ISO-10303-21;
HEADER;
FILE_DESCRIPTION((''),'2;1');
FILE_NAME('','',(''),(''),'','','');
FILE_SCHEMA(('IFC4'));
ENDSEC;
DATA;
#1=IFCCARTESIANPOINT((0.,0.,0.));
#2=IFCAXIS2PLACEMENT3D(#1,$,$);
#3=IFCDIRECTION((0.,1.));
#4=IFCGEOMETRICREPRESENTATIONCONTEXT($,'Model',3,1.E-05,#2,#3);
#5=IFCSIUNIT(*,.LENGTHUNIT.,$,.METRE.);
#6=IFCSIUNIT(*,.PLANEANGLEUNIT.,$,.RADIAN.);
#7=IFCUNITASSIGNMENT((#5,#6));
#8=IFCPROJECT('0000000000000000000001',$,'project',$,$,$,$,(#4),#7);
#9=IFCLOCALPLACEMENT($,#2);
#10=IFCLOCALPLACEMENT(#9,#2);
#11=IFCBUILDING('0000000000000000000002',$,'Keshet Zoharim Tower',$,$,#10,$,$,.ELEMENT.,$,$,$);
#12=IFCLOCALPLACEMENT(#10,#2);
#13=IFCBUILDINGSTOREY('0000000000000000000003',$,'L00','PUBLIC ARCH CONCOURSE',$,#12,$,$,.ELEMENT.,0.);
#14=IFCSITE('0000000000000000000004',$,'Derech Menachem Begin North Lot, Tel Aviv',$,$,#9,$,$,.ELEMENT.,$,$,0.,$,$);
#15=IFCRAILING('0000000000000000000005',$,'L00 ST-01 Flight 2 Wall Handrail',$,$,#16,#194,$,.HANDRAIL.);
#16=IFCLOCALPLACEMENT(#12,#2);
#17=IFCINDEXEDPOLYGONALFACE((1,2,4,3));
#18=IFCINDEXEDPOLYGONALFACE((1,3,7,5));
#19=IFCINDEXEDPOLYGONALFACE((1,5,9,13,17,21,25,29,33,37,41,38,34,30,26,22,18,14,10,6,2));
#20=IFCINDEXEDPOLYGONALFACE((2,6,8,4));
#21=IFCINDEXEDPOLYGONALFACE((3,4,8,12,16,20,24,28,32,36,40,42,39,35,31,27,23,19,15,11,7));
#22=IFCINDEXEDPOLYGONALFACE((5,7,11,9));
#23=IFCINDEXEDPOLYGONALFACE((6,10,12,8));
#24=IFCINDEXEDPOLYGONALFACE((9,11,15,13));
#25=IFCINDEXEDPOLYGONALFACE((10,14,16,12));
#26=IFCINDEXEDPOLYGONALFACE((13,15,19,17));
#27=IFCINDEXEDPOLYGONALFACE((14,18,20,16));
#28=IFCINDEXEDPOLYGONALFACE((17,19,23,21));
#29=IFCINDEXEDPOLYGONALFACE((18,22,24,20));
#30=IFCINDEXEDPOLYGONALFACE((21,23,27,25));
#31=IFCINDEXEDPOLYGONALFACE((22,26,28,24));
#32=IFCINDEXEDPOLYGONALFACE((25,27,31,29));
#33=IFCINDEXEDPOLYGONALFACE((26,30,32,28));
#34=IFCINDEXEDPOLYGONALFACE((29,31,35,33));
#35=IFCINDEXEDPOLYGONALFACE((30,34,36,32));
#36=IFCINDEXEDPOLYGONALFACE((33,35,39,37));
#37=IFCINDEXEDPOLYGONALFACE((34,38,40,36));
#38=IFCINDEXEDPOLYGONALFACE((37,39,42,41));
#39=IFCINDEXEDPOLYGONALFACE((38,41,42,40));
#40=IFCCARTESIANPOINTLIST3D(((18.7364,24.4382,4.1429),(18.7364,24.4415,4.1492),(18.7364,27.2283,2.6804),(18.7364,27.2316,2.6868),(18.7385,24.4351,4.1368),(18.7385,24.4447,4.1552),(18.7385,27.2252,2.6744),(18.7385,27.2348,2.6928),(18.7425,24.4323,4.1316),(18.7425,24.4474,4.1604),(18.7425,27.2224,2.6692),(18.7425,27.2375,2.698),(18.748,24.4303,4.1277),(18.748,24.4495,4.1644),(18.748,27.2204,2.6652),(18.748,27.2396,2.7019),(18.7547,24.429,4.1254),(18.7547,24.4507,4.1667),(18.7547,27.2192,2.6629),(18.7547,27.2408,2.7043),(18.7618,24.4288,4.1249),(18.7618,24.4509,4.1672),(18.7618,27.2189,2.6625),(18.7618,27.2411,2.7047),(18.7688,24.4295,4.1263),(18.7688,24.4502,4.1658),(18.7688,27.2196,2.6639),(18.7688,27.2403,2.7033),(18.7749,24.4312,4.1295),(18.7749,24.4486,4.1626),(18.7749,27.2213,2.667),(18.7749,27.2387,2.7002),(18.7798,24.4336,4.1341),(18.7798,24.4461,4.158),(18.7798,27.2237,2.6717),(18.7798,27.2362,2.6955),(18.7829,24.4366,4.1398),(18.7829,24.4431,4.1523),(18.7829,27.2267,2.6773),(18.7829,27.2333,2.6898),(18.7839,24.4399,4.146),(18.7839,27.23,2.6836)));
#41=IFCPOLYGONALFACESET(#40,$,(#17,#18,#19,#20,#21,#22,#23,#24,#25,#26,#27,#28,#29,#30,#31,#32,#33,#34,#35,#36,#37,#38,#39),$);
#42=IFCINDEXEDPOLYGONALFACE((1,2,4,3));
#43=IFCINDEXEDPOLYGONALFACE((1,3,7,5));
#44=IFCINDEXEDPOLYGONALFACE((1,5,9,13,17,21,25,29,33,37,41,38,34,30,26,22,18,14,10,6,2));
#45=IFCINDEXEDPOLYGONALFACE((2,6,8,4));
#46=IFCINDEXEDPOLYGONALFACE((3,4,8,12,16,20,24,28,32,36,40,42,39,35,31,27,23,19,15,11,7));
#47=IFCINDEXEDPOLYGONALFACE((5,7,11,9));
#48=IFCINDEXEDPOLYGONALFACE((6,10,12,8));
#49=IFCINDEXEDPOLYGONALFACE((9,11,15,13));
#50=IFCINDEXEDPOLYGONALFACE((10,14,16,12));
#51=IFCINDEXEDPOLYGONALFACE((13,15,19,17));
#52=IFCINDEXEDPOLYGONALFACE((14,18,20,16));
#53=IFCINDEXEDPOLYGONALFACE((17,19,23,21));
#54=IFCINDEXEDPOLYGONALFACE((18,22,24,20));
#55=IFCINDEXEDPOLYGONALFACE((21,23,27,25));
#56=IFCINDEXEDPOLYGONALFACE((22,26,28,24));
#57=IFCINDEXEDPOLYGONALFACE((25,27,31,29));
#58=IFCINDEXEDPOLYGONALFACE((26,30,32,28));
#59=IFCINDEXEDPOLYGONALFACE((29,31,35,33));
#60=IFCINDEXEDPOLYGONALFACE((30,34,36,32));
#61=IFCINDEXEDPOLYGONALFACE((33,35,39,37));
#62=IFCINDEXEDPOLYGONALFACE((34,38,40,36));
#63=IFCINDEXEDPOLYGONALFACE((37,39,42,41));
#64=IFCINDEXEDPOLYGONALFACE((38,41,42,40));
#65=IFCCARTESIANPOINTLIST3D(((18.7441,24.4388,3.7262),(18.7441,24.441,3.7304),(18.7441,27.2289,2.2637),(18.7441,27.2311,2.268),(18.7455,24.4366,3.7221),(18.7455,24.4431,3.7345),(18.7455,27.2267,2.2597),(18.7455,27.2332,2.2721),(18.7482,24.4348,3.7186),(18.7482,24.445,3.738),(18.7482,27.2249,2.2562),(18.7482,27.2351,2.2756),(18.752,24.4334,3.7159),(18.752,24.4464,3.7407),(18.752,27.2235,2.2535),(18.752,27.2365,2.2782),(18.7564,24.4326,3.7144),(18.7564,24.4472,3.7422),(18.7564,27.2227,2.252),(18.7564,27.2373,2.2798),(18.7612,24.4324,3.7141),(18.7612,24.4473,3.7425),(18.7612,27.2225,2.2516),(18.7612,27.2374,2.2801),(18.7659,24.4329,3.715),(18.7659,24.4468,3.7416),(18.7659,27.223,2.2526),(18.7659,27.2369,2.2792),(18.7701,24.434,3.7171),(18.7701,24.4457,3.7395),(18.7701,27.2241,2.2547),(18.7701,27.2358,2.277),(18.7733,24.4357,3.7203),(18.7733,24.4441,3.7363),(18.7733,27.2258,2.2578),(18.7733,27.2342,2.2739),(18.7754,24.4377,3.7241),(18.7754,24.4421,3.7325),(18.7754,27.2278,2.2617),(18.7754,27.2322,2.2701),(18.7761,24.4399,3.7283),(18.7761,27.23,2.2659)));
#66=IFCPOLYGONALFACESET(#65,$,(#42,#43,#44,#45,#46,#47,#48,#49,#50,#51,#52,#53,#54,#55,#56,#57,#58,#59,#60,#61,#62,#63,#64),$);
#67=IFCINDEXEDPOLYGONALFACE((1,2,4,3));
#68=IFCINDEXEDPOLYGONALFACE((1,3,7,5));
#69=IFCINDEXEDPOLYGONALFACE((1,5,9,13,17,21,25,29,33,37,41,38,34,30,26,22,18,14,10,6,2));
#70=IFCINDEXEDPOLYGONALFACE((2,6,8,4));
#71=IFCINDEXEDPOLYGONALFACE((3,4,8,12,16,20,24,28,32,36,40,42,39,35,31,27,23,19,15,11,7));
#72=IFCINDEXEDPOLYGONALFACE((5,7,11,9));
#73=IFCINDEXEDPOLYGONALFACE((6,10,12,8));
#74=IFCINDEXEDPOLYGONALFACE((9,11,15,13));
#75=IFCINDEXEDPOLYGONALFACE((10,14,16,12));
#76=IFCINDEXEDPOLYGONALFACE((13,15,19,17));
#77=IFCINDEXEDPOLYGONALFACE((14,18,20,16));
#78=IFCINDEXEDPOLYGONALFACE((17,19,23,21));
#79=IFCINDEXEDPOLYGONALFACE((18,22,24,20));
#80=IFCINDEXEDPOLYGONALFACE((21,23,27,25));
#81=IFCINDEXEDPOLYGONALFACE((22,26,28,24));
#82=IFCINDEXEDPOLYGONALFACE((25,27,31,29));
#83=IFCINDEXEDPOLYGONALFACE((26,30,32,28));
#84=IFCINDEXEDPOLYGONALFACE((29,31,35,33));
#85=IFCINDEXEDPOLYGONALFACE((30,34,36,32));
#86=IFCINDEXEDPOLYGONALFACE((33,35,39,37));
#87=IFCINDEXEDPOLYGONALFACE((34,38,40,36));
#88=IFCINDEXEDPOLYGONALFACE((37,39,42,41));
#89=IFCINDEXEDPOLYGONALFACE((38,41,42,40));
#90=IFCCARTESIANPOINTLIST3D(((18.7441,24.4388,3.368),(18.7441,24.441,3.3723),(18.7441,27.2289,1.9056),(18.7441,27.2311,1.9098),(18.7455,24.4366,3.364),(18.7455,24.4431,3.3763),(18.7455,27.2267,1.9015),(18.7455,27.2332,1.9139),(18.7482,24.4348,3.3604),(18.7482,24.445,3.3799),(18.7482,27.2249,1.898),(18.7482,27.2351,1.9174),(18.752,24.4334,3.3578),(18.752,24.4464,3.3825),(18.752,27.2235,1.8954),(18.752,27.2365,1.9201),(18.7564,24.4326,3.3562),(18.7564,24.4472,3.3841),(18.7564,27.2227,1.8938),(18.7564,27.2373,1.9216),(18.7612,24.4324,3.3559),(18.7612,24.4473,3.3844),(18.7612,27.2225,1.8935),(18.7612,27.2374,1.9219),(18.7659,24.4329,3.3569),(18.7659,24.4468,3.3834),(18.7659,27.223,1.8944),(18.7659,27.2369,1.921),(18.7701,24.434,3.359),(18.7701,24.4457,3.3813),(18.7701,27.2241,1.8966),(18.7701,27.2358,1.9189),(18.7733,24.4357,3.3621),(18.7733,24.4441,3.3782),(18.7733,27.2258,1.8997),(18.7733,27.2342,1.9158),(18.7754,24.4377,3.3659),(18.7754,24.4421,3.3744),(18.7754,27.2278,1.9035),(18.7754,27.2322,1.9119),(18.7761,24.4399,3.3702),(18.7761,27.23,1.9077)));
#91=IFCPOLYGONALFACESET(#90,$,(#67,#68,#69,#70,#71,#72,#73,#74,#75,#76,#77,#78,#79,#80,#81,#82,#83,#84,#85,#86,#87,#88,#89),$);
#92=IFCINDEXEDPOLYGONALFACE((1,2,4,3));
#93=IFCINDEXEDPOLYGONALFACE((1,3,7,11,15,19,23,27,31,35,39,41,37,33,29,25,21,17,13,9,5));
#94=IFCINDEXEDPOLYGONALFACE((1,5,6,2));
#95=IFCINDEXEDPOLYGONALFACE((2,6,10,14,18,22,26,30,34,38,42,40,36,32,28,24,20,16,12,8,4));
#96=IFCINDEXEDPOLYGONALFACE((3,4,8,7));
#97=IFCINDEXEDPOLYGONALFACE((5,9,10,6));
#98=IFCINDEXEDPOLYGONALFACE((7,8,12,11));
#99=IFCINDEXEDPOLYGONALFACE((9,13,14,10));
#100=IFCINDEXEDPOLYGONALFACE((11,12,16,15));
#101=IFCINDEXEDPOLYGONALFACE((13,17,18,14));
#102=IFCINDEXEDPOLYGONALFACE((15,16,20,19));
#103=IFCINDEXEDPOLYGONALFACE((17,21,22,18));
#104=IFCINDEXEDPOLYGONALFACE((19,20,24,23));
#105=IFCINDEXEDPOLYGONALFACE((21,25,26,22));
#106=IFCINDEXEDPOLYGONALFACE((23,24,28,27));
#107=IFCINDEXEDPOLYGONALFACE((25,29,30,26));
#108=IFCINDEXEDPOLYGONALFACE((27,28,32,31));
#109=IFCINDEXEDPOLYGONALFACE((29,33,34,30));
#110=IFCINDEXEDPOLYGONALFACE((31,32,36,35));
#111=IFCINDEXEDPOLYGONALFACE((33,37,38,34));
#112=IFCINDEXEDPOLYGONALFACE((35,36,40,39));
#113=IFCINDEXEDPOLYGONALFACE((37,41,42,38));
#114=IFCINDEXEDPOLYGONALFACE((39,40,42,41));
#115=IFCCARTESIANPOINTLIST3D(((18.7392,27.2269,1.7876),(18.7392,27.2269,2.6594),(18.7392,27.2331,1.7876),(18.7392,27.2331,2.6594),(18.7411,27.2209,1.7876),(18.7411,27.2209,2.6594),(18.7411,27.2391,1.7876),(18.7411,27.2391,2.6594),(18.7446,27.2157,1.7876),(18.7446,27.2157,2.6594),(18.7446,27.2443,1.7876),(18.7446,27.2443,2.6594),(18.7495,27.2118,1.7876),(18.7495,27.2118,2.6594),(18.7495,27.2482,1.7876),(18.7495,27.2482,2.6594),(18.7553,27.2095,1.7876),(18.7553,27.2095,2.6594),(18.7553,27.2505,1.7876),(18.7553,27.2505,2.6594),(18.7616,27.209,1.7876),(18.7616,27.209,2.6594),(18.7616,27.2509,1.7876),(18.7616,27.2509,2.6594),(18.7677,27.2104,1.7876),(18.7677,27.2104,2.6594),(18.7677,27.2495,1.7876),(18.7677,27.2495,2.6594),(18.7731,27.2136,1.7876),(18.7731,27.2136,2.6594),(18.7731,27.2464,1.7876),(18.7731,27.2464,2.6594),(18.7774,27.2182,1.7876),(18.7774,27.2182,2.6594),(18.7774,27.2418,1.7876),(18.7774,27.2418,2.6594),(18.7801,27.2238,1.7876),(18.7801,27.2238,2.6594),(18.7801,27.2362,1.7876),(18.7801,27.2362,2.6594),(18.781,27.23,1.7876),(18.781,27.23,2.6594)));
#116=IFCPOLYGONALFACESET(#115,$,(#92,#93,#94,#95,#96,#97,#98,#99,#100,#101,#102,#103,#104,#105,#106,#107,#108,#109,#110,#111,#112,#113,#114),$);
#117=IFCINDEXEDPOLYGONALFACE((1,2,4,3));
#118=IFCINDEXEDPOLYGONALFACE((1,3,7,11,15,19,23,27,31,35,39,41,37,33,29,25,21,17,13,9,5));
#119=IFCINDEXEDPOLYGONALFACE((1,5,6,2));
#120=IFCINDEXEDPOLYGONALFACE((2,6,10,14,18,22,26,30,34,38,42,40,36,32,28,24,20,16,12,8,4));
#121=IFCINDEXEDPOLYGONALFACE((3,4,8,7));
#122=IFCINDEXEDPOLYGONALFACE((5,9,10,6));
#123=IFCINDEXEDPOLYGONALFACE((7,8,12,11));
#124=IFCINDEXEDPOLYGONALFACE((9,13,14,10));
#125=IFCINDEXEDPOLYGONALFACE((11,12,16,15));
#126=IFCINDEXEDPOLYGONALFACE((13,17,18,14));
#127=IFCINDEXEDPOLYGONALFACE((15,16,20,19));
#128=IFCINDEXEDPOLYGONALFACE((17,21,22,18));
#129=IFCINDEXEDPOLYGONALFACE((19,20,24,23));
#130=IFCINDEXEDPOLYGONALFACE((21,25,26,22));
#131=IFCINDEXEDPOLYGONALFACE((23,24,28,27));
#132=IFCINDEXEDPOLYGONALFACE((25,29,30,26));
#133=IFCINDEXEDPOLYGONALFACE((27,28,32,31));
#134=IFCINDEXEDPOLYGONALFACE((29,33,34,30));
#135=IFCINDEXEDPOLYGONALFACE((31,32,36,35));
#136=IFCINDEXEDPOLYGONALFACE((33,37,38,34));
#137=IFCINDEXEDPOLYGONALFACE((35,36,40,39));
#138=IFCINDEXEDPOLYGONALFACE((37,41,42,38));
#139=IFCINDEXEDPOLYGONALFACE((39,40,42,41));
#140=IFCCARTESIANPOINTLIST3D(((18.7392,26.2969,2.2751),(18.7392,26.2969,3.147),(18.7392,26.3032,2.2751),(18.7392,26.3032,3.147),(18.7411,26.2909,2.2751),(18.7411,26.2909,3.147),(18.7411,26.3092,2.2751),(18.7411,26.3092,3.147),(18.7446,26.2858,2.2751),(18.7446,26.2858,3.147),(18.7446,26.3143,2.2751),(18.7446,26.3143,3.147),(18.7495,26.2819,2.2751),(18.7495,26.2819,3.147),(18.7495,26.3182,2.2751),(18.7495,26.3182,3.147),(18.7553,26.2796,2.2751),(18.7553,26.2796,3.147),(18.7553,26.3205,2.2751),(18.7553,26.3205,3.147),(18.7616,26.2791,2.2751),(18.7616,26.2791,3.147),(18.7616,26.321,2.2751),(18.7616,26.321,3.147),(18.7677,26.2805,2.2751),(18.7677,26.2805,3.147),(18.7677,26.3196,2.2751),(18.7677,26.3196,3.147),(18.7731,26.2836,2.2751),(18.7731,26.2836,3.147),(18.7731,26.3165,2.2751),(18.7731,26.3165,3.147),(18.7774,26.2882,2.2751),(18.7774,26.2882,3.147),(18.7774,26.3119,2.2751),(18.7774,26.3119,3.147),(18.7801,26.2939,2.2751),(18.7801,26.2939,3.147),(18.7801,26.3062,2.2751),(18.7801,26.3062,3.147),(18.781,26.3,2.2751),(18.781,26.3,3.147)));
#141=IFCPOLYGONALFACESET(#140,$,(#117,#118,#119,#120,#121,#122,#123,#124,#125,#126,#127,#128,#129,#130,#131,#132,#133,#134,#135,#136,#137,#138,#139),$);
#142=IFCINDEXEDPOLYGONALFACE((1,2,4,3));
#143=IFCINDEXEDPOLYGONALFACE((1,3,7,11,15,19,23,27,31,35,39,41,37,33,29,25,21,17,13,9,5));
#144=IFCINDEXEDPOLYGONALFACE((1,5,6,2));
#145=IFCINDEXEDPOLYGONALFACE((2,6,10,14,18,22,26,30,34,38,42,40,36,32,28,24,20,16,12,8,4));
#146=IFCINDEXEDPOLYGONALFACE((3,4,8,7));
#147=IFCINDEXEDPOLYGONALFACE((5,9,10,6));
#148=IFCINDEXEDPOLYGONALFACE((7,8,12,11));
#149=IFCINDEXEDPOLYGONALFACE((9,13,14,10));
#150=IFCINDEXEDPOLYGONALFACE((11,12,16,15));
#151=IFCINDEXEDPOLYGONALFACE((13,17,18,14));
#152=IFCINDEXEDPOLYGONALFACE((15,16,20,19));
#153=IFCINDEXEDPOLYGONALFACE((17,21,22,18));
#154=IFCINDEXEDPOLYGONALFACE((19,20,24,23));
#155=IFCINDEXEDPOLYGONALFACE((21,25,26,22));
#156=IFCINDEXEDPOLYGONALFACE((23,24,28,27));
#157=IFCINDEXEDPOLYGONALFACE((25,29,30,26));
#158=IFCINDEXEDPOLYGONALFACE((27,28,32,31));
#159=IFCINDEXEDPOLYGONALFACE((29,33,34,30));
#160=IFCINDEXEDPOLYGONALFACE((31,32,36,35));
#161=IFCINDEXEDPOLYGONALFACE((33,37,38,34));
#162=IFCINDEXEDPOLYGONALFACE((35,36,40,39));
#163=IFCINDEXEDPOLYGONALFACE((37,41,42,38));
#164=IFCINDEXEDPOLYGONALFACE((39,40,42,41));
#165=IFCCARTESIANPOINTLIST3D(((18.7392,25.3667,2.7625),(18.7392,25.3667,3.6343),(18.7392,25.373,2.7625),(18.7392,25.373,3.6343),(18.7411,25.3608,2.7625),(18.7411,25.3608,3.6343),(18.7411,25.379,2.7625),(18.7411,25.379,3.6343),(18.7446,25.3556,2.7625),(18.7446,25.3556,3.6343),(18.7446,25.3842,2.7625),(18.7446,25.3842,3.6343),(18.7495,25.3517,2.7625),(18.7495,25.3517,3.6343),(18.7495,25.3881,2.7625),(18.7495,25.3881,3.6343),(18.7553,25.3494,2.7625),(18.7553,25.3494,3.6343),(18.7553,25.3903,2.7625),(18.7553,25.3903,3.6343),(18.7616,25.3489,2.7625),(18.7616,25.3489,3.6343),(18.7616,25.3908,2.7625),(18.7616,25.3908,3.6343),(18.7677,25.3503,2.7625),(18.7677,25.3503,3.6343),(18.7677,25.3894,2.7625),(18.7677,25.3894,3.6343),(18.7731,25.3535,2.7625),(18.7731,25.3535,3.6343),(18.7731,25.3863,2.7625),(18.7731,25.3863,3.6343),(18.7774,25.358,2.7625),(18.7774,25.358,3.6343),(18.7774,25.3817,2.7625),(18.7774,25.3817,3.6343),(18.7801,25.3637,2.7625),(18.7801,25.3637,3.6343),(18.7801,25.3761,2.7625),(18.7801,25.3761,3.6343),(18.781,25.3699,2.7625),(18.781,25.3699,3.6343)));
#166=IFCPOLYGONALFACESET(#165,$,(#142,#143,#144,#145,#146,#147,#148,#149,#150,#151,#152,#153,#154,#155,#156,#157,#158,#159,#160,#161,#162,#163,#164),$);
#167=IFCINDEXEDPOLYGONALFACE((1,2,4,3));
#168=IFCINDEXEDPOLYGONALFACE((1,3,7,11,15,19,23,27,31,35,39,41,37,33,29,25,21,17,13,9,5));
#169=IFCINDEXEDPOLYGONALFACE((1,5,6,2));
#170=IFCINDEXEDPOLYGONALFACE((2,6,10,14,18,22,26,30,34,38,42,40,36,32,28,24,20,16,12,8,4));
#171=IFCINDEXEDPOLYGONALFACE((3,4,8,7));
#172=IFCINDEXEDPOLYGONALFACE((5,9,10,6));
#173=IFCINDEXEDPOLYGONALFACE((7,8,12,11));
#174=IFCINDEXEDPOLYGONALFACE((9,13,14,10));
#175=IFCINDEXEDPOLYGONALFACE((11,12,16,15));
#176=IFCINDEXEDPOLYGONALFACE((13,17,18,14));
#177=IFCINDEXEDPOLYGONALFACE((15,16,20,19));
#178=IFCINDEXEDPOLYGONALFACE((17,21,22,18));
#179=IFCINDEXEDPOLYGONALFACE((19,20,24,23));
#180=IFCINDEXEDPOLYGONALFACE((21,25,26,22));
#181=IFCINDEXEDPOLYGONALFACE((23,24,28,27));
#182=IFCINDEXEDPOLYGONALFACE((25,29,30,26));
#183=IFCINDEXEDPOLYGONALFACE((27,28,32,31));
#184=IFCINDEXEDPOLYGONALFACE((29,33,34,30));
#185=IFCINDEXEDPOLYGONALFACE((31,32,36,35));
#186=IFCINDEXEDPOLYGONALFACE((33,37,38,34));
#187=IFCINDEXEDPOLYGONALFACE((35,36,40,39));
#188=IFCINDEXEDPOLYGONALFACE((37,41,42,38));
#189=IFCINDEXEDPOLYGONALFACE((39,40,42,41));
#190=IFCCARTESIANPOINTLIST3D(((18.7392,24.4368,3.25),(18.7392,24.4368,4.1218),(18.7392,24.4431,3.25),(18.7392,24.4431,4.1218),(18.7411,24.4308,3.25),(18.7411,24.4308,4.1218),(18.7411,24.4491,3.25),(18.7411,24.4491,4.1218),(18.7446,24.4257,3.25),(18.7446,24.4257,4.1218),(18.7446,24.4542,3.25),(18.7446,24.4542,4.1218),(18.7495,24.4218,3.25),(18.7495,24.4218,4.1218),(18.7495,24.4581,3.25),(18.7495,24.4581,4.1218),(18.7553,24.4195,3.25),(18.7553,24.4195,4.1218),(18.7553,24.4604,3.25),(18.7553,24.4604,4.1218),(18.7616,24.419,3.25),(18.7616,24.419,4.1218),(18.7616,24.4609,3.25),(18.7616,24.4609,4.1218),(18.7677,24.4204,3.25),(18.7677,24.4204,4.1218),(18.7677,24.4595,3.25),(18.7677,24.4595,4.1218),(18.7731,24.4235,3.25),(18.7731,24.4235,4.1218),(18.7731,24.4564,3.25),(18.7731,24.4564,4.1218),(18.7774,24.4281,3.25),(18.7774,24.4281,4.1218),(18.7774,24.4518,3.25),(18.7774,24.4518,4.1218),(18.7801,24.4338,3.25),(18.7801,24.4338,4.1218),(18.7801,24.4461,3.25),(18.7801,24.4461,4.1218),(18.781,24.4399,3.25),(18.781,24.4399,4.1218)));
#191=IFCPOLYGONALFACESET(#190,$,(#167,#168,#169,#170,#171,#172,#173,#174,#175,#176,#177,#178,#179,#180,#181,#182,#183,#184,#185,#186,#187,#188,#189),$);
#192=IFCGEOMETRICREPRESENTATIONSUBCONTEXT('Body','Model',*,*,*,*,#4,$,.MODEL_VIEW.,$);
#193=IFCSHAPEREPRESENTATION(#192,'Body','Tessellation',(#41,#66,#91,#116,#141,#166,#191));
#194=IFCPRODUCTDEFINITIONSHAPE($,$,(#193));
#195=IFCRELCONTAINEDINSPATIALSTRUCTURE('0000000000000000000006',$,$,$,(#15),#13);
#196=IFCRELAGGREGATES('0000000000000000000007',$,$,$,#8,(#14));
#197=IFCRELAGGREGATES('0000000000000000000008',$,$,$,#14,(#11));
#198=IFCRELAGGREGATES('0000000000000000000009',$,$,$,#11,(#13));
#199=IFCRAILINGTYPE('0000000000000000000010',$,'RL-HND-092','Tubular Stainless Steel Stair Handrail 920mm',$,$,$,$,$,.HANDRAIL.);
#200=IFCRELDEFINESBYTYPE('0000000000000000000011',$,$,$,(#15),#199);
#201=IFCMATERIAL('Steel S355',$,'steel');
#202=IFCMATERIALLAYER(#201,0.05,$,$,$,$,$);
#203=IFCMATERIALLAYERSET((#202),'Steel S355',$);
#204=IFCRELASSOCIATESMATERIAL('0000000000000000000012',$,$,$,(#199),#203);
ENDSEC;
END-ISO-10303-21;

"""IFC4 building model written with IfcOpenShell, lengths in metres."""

from ifc_helpers import new_model, si_unit, direction, frame, origin, origin_2d, place, context, subcontext, project, spatial, circle, extrude, material, layer, layer_set, type_object, element, save


model = new_model("IFC4")

# Units and contexts
model_context = context("Model", 3, precision=1e-05, world=origin(), true_north=direction((0.0, 1.0)))
body_context = subcontext(model_context, "Body", "Model", "MODEL_VIEW")
ifc_project = project(units=[si_unit("LENGTHUNIT", "METRE"), si_unit("PLANEANGLEUNIT", "RADIAN")], contexts=[model_context])

# Site, building, storey
site_placement = place(None, origin())
site = spatial("IfcSite", under=ifc_project, at=site_placement, Name="Derech Menachem Begin North Lot, Tel Aviv", CompositionType="ELEMENT", RefElevation=0.0)
building_placement = place(site_placement, origin())
building = spatial("IfcBuilding", under=site, at=building_placement, Name="Keshet Zoharim Tower", CompositionType="ELEMENT")
storey_placement = place(building_placement, origin())
storey = spatial("IfcBuildingStorey", under=building, at=storey_placement, Name="L00", Description="PUBLIC ARCH CONCOURSE", CompositionType="ELEMENT", Elevation=0.0)

# Shared definitions
ifc_material_1 = material(Name="Steel S355", Category="steel")

# Railing
ifc_layer_1 = layer(ifc_material_1, 0.05)
ifc_layer_set_1 = layer_set([ifc_layer_1], Name="Steel S355")
railing_type_1 = type_object("IfcRailingType", Name="RL-HND-092", Description="Tubular Stainless Steel Stair Handrail 920mm", PredefinedType="HANDRAIL", material=ifc_layer_set_1)
for number, where, name in (
    (1, (18.76, 27.23, 1.7876), "L00 ST-01 Flight 2 Wall Handrail"),
):
    element("IfcRailing", number, at=place(storey_placement, frame(where)), inside=storey, type_object=railing_type_1, Name=name, PredefinedType="HANDRAIL", context=body_context, shape_type="SweptSolid", body=[
        extrude(circle(Radius=0.0239, at=origin_2d()), frame((0.0, 0.0, 0.896), z_axis=(0.0, -0.885707, 0.464244), x_axis=(1.0, 0.0, 0.0)), (0.0, 0.0, 1.0), 3.1501),
        extrude(circle(Radius=0.0161, at=origin_2d()), frame((0.0, 0.0, 0.4783), z_axis=(0.0, -0.885707, 0.464244), x_axis=(1.0, 0.0, 0.0)), (0.0, 0.0, 1.0), 3.1501),
        extrude(circle(Radius=0.0161, at=origin_2d()), frame((0.0, 0.0, 0.1201), z_axis=(0.0, -0.885707, 0.464244), x_axis=(1.0, 0.0, 0.0)), (0.0, 0.0, 1.0), 3.1501),
        extrude(circle(Radius=0.021, at=origin_2d()), origin(), (0.0, 0.0, 1.0), 0.8718),
        extrude(circle(Radius=0.021, at=origin_2d()), frame((0.0, -0.9299, 0.4875)), (0.0, 0.0, 1.0), 0.8718),
        extrude(circle(Radius=0.021, at=origin_2d()), frame((0.0, -1.8601, 0.9749)), (0.0, 0.0, 1.0), 0.8718),
        extrude(circle(Radius=0.021, at=origin_2d()), frame((0.0, -2.79, 1.4624)), (0.0, 0.0, 1.0), 0.8718),
    ])

save(model, "model.ifc")
